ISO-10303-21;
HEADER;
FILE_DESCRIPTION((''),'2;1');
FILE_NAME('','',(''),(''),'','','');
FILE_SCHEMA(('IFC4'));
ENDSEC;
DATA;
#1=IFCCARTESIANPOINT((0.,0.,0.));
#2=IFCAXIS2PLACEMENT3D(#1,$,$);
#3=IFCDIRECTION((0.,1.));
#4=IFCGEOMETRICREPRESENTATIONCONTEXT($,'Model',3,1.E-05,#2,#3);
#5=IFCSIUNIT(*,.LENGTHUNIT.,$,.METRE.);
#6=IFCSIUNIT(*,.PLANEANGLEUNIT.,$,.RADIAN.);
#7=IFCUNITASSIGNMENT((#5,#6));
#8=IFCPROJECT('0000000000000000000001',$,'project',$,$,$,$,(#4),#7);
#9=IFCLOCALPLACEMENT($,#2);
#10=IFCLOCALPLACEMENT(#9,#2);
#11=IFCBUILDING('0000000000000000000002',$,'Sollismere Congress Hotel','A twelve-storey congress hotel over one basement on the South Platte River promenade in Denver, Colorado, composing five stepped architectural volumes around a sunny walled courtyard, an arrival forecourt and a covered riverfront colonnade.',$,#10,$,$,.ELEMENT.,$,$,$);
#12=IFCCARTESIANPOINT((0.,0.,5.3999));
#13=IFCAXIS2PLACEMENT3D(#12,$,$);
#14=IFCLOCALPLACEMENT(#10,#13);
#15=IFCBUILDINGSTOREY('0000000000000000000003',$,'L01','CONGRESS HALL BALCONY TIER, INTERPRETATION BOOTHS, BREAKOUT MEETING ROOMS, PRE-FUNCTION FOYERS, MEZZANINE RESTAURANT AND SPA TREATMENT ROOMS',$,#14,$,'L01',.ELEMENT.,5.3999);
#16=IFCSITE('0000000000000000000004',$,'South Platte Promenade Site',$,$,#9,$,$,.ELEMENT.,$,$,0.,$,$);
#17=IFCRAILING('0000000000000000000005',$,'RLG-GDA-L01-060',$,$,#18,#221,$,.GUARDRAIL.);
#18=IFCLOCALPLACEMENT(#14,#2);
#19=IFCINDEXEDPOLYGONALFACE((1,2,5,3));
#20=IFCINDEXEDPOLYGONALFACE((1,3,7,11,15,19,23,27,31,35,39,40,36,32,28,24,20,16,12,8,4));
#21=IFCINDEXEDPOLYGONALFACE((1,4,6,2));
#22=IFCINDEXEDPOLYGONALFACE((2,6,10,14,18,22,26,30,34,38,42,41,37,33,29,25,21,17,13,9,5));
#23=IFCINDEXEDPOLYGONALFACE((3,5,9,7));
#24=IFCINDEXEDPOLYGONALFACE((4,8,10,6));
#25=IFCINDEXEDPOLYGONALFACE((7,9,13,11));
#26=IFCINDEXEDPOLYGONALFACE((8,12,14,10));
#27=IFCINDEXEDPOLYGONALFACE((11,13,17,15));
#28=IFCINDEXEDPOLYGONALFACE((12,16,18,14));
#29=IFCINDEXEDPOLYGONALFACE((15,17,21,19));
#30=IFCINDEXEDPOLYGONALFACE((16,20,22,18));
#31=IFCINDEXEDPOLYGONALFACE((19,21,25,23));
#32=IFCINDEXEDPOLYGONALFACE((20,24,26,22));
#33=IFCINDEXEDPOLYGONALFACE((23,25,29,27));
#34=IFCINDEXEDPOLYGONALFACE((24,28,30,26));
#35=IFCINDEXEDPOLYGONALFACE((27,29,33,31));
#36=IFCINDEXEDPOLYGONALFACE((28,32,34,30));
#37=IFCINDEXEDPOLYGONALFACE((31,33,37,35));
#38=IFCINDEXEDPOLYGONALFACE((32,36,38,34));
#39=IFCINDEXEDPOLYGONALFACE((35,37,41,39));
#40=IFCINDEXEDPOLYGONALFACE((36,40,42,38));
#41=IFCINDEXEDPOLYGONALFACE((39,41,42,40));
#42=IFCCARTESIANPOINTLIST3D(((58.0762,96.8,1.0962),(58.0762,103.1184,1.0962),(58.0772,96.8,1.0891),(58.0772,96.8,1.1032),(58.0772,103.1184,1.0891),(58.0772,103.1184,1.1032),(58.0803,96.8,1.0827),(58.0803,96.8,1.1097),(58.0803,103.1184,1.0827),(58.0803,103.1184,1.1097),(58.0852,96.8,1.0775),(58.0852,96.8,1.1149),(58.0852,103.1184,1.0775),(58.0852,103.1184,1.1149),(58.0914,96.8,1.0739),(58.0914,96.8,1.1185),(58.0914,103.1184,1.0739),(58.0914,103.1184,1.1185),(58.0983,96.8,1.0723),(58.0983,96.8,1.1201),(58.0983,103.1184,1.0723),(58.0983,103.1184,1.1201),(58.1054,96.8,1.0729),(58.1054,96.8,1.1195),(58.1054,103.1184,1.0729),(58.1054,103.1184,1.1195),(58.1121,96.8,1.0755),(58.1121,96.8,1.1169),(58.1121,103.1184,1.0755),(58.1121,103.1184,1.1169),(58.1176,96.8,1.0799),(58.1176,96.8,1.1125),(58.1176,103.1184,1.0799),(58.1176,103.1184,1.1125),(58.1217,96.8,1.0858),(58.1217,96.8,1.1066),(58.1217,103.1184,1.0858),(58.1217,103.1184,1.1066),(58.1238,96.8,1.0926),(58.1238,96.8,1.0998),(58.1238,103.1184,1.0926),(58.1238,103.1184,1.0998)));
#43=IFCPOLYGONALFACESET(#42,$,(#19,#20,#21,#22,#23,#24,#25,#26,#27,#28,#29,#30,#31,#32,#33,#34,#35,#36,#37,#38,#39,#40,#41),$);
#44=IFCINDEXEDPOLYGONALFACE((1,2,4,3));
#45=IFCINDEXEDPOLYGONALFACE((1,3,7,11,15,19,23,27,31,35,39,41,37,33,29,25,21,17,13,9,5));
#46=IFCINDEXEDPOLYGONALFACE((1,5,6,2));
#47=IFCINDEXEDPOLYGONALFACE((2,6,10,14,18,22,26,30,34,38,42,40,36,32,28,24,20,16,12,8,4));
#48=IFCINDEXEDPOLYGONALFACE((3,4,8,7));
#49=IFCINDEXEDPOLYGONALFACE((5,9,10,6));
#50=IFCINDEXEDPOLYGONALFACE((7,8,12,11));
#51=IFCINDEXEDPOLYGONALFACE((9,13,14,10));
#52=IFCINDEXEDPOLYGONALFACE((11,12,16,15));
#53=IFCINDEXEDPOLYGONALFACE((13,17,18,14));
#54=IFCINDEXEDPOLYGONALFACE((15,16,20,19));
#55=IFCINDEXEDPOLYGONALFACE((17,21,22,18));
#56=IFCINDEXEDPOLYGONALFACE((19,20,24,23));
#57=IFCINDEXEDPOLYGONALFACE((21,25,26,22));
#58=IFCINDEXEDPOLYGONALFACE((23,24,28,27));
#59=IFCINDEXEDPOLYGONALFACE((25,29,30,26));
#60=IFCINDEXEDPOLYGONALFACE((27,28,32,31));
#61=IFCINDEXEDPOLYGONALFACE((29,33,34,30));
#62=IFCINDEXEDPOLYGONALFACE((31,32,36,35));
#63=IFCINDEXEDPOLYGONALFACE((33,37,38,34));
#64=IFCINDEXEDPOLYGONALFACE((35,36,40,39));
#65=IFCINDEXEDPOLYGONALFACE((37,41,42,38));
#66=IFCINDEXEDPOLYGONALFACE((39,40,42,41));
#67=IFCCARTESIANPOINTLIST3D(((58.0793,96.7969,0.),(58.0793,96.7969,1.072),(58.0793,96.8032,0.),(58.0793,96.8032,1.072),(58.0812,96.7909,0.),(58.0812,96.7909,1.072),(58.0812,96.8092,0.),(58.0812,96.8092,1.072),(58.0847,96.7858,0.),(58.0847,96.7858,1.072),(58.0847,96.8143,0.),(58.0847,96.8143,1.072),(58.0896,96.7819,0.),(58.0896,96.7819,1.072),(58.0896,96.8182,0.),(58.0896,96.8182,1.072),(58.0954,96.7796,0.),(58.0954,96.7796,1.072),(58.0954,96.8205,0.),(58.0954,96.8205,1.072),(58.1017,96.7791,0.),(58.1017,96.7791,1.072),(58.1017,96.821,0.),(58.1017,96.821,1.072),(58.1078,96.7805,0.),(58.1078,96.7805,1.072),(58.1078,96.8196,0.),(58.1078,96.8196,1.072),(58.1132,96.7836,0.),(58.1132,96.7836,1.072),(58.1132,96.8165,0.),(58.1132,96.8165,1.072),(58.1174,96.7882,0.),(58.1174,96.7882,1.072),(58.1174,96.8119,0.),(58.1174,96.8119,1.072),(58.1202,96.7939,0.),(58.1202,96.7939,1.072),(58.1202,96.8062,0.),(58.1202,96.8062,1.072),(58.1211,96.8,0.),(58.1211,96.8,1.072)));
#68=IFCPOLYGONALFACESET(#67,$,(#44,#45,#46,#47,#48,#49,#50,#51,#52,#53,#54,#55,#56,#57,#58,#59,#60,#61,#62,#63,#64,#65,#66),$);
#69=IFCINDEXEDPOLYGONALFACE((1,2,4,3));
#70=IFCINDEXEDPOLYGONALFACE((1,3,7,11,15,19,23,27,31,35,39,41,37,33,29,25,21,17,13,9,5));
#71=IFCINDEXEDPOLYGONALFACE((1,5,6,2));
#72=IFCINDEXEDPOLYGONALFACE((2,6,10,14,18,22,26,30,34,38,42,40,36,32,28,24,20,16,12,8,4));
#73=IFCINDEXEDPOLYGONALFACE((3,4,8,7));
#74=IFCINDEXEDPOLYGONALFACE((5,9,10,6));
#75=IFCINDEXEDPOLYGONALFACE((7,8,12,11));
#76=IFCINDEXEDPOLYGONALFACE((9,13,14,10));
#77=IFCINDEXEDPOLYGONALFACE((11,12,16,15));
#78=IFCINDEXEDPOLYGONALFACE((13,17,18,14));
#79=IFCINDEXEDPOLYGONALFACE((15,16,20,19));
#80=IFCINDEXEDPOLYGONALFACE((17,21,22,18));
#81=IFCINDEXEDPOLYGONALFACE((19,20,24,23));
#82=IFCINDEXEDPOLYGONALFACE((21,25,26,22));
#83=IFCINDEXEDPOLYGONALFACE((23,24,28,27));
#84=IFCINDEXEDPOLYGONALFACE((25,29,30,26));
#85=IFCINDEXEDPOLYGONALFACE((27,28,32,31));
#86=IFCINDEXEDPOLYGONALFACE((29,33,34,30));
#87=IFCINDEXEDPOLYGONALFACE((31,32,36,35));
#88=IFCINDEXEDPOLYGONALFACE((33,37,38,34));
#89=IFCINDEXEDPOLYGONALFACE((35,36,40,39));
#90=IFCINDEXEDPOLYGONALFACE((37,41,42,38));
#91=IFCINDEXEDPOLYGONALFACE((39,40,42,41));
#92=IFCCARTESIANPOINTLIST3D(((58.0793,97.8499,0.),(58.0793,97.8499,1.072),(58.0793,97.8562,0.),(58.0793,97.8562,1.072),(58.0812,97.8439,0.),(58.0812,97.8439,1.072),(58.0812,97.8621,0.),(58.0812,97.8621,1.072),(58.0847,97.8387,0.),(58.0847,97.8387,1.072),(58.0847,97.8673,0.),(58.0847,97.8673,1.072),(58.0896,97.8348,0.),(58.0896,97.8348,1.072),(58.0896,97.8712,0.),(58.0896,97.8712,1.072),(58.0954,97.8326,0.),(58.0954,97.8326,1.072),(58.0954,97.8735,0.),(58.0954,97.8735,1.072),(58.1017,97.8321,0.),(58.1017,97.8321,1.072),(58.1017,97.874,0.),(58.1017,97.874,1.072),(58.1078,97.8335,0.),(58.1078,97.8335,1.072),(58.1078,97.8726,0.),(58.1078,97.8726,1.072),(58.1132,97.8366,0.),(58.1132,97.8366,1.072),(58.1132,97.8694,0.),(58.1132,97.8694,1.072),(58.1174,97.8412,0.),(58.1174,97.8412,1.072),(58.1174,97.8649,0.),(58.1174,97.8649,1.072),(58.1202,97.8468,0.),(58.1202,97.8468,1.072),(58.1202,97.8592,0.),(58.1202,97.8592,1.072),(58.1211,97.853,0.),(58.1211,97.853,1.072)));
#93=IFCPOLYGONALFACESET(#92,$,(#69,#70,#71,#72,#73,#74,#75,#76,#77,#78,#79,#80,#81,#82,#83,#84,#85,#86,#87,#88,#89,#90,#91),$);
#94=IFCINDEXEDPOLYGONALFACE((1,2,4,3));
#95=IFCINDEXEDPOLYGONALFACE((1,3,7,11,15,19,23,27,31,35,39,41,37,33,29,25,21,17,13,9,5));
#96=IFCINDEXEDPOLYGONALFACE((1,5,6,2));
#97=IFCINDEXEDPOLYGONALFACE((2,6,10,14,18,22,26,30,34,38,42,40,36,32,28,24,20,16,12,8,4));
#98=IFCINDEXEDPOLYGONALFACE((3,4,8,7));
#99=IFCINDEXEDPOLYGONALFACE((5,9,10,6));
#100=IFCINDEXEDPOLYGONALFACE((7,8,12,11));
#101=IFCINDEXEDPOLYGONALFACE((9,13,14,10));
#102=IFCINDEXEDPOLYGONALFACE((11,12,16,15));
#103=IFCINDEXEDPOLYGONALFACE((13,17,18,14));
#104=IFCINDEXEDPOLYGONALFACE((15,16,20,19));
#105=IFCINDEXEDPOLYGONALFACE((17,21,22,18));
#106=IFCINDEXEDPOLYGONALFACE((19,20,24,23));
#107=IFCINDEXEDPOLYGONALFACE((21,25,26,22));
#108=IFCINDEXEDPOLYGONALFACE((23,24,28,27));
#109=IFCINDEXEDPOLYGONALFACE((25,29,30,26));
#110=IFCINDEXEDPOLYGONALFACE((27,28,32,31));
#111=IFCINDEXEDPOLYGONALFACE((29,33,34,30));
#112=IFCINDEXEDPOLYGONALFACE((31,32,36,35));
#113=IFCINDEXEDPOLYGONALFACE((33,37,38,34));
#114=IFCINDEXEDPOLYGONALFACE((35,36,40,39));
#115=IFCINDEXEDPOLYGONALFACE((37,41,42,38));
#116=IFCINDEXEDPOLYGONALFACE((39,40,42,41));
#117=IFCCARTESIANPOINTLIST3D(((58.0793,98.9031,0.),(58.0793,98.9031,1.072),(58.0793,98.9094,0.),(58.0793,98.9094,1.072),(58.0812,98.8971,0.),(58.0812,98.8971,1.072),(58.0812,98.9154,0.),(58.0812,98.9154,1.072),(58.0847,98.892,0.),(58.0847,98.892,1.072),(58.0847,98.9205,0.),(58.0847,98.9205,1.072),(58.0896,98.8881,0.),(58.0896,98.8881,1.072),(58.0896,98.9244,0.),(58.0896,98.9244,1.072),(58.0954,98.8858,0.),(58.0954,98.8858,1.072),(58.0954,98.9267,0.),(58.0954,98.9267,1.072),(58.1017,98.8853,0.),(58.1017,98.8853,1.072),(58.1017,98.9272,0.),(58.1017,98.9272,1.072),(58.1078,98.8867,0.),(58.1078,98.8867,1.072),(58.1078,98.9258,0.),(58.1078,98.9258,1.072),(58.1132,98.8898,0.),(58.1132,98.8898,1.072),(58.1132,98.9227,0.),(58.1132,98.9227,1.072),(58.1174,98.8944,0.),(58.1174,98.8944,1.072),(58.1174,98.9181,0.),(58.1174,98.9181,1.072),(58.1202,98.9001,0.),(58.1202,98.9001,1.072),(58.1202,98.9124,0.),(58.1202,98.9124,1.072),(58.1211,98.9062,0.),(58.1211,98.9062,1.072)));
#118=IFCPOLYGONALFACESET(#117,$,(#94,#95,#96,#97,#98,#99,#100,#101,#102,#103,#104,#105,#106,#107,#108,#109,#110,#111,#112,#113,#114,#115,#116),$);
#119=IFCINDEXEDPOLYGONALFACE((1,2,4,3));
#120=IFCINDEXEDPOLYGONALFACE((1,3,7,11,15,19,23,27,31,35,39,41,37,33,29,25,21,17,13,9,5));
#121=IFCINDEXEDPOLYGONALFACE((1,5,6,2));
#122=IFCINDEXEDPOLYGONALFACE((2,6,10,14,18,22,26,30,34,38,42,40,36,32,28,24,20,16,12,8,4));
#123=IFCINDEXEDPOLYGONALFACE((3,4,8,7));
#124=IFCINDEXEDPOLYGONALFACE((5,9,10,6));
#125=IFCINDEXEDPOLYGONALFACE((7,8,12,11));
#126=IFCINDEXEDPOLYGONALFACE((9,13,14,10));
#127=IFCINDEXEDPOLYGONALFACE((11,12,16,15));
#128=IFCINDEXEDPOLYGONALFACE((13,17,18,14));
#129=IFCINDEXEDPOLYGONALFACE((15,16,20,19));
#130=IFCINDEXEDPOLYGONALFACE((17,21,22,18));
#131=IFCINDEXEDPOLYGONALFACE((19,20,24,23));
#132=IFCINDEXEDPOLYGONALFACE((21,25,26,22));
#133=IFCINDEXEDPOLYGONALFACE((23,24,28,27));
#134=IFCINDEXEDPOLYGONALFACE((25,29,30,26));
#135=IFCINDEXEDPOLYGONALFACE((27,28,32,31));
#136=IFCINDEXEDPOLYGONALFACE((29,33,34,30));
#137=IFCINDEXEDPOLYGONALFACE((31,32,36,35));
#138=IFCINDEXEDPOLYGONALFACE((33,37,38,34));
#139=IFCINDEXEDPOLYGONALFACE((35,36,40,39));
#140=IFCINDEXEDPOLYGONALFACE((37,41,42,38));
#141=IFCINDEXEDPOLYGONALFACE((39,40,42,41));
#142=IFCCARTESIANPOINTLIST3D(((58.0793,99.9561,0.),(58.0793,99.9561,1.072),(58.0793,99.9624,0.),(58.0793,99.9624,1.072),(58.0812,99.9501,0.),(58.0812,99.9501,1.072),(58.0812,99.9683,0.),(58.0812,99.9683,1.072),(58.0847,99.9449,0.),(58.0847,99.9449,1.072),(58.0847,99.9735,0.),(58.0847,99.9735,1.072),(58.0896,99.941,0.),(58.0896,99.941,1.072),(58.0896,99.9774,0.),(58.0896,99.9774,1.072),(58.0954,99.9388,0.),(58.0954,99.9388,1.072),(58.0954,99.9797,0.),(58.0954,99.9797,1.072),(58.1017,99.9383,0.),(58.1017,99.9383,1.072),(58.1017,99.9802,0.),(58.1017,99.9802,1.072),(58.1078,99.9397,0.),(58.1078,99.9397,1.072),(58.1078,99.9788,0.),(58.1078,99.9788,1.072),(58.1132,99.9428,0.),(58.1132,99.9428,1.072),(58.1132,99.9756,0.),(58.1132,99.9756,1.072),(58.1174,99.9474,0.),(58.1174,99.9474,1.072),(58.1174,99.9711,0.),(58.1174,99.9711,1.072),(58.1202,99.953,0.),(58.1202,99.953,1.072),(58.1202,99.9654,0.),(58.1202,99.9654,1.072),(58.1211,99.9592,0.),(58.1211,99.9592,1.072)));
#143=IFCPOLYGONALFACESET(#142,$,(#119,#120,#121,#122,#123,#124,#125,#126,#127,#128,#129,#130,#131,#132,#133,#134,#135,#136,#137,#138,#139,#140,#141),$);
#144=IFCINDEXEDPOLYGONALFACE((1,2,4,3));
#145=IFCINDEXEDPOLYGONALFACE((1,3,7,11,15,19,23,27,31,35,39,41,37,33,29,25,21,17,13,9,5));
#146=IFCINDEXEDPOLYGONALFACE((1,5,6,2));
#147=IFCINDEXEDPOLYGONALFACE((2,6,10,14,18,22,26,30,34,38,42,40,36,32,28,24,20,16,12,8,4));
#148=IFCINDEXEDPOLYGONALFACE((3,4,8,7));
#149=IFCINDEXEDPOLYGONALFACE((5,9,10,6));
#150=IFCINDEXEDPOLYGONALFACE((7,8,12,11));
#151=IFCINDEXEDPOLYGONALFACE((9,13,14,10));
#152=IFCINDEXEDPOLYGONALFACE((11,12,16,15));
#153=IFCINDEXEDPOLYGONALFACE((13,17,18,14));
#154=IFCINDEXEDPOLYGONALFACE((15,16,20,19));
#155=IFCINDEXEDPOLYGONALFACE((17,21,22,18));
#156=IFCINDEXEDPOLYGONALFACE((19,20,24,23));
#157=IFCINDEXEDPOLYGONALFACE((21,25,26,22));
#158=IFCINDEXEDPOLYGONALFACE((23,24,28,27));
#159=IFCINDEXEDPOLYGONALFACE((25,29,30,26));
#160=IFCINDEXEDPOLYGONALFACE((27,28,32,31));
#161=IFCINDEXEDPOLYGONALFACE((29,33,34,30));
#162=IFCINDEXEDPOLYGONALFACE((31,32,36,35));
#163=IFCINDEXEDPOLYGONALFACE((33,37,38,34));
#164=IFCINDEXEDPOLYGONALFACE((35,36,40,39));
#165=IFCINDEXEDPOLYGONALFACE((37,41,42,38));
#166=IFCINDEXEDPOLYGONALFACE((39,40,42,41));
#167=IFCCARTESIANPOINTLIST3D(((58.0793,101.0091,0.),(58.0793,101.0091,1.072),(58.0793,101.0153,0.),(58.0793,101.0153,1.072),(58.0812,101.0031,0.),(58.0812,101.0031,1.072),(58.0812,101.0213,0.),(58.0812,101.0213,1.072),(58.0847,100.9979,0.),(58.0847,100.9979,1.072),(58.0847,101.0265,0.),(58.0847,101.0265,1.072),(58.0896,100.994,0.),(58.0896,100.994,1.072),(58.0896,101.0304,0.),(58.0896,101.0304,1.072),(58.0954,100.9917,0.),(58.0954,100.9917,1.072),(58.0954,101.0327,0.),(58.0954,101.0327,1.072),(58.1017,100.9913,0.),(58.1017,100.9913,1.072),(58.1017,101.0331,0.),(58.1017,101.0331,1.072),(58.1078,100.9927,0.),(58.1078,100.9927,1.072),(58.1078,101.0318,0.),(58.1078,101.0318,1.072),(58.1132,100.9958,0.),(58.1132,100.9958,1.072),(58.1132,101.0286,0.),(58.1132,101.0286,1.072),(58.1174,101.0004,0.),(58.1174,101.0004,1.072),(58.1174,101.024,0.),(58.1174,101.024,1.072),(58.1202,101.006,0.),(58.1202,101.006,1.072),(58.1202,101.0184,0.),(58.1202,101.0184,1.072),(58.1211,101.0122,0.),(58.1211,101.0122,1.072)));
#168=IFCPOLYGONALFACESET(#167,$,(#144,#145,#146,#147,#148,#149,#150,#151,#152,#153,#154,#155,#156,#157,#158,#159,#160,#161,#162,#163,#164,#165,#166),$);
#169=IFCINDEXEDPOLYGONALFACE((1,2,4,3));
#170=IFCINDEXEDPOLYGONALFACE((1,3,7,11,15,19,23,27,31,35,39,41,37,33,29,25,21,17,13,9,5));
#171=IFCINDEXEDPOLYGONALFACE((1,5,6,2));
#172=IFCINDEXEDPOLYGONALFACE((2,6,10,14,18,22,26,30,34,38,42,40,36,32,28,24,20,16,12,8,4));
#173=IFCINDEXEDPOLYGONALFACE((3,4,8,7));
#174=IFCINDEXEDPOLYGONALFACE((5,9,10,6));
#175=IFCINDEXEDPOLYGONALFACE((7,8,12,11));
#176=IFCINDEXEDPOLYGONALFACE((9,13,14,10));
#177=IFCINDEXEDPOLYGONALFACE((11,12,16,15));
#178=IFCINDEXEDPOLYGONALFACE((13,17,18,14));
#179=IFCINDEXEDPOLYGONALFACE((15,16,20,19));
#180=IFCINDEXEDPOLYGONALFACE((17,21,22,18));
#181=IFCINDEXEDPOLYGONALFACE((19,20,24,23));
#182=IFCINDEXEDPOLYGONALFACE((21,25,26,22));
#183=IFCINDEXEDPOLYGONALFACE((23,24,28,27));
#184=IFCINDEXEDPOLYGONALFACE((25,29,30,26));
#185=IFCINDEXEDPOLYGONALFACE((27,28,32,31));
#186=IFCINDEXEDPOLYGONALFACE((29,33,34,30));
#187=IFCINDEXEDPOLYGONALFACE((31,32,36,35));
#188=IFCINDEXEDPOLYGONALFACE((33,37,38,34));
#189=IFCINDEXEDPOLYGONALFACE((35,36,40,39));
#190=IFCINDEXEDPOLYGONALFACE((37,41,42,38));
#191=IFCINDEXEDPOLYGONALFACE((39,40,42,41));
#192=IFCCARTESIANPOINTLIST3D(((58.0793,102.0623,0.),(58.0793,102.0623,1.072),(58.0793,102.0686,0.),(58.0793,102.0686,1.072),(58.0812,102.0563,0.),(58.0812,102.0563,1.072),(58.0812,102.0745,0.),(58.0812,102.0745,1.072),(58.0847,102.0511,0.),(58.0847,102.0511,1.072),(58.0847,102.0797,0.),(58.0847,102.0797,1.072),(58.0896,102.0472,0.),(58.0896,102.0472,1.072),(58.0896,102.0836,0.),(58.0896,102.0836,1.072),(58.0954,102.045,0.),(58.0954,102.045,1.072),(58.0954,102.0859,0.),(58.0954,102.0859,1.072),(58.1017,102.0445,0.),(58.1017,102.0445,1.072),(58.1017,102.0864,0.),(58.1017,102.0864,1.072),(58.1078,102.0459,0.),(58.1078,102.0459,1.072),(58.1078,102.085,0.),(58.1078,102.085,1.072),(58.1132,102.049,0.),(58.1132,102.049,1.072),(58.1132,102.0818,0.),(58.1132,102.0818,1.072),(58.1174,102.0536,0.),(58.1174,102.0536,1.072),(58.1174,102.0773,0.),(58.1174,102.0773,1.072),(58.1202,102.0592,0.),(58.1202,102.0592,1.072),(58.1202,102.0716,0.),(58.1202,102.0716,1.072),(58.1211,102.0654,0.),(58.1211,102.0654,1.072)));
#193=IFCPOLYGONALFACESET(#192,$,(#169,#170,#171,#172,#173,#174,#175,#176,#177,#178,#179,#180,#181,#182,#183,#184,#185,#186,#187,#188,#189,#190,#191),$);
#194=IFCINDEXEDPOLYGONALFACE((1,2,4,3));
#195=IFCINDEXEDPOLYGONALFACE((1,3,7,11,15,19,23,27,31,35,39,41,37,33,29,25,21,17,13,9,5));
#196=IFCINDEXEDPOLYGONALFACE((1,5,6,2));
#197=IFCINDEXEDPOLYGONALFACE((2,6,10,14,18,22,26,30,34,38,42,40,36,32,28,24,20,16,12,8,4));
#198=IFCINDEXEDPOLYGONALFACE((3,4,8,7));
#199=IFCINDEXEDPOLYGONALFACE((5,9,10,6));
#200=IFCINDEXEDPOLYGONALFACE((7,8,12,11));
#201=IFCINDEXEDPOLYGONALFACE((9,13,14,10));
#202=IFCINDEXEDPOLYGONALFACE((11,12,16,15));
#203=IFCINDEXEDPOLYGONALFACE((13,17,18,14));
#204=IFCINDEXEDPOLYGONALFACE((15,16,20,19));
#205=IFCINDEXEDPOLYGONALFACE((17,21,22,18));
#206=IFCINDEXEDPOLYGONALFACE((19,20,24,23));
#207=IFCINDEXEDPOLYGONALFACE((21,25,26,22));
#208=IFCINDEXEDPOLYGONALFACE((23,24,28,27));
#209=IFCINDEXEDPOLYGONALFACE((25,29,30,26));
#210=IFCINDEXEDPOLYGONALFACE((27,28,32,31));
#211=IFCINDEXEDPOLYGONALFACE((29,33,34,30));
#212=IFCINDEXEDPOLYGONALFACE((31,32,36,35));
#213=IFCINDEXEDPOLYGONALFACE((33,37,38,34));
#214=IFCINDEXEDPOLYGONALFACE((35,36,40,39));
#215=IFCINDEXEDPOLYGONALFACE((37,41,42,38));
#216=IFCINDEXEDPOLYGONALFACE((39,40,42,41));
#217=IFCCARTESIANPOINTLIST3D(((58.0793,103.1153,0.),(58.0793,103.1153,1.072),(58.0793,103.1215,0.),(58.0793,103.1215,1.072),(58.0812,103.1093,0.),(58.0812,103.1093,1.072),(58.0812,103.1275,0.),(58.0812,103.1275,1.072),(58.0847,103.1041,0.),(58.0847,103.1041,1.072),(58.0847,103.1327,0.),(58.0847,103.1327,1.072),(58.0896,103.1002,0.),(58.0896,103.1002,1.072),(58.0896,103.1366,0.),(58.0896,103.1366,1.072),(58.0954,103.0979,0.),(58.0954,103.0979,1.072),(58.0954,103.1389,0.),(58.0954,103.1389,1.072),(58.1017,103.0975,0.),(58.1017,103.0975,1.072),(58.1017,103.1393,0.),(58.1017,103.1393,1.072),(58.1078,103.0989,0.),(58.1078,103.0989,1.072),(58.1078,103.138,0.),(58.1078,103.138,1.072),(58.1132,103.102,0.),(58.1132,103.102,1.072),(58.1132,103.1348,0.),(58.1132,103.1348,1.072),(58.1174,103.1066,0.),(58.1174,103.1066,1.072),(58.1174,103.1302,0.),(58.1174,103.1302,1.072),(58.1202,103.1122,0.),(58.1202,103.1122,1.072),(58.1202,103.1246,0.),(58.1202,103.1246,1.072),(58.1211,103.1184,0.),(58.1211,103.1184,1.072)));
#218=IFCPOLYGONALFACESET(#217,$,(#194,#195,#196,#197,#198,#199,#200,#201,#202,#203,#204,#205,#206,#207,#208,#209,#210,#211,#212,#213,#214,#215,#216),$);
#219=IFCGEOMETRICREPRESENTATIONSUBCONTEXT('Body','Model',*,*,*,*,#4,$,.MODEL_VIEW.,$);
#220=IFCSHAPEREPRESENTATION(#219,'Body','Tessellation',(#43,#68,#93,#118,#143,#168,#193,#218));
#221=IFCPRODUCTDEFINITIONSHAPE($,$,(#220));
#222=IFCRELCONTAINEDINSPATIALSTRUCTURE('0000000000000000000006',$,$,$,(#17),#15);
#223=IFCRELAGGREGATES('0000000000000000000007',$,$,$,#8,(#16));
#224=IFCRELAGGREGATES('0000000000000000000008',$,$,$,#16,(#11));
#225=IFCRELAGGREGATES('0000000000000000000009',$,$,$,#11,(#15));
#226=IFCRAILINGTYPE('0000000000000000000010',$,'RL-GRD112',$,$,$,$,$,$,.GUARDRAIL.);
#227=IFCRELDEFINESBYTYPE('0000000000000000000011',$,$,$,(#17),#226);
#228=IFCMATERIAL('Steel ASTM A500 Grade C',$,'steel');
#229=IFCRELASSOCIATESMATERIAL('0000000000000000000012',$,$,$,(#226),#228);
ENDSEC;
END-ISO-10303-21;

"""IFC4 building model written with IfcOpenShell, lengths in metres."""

from ifc_helpers import new_model, si_unit, direction, frame, origin, origin_2d, place, context, subcontext, project, spatial, circle, extrude, material, type_object, element, save


model = new_model("IFC4")

# Units and contexts
model_context = context("Model", 3, precision=1e-05, world=origin(), true_north=direction((0.0, 1.0)))
body_context = subcontext(model_context, "Body", "Model", "MODEL_VIEW")
ifc_project = project(units=[si_unit("LENGTHUNIT", "METRE"), si_unit("PLANEANGLEUNIT", "RADIAN")], contexts=[model_context])

# Site, building, storey
site_placement = place(None, origin())
site = spatial("IfcSite", under=ifc_project, at=site_placement, Name="South Platte Promenade Site", CompositionType="ELEMENT", RefElevation=0.0)
building_placement = place(site_placement, origin())
building = spatial("IfcBuilding", under=site, at=building_placement, Name="Sollismere Congress Hotel", Description="A twelve-storey congress hotel over one basement on the South Platte River promenade in Denver, Colorado, composing five stepped architectural volumes around a sunny walled courtyard, an arrival forecourt and a covered riverfront colonnade.", CompositionType="ELEMENT")
storey_placement = place(building_placement, frame((0.0, 0.0, 5.3999)))
storey = spatial("IfcBuildingStorey", under=building, at=storey_placement, Name="L01", Description="CONGRESS HALL BALCONY TIER, INTERPRETATION BOOTHS, BREAKOUT MEETING ROOMS, PRE-FUNCTION FOYERS, MEZZANINE RESTAURANT AND SPA TREATMENT ROOMS", LongName="L01", CompositionType="ELEMENT", Elevation=5.3999)

# Shared definitions
ifc_material_1 = material(Name="Steel ASTM A500 Grade C", Category="steel")

# Railing
railing_type_1 = type_object("IfcRailingType", Name="RL-GRD112", PredefinedType="GUARDRAIL", material=ifc_material_1)
railing_1_placement = place(storey_placement, frame((58.1001, 96.8, 0.0)))
element("IfcRailing", 1, at=railing_1_placement, inside=storey, type_object=railing_type_1, Name="RLG-GDA-L01-060", PredefinedType="GUARDRAIL", context=body_context, shape_type="SweptSolid", body=[
    extrude(circle(Radius=0.0239, at=origin_2d()), frame((0.0, 0.0, 1.0962), z_axis=(0.0, 1.0, 0.0), x_axis=(-1.0, 0.0, 0.0)), (0.0, 0.0, 1.0), 6.3184),
    extrude(circle(Radius=0.021, at=origin_2d()), origin(), (0.0, 0.0, 1.0), 1.072),
    extrude(circle(Radius=0.021, at=origin_2d()), frame((0.0, 1.053, 0.0)), (0.0, 0.0, 1.0), 1.072),
    extrude(circle(Radius=0.021, at=origin_2d()), frame((0.0, 2.1062, 0.0)), (0.0, 0.0, 1.0), 1.072),
    extrude(circle(Radius=0.021, at=origin_2d()), frame((0.0, 3.1592, 0.0)), (0.0, 0.0, 1.0), 1.072),
    extrude(circle(Radius=0.021, at=origin_2d()), frame((0.0, 4.2122, 0.0)), (0.0, 0.0, 1.0), 1.072),
    extrude(circle(Radius=0.021, at=origin_2d()), frame((0.0, 5.2654, 0.0)), (0.0, 0.0, 1.0), 1.072),
    extrude(circle(Radius=0.021, at=origin_2d()), frame((0.0, 6.3184, 0.0)), (0.0, 0.0, 1.0), 1.072),
])

save(model, "model.ifc")
